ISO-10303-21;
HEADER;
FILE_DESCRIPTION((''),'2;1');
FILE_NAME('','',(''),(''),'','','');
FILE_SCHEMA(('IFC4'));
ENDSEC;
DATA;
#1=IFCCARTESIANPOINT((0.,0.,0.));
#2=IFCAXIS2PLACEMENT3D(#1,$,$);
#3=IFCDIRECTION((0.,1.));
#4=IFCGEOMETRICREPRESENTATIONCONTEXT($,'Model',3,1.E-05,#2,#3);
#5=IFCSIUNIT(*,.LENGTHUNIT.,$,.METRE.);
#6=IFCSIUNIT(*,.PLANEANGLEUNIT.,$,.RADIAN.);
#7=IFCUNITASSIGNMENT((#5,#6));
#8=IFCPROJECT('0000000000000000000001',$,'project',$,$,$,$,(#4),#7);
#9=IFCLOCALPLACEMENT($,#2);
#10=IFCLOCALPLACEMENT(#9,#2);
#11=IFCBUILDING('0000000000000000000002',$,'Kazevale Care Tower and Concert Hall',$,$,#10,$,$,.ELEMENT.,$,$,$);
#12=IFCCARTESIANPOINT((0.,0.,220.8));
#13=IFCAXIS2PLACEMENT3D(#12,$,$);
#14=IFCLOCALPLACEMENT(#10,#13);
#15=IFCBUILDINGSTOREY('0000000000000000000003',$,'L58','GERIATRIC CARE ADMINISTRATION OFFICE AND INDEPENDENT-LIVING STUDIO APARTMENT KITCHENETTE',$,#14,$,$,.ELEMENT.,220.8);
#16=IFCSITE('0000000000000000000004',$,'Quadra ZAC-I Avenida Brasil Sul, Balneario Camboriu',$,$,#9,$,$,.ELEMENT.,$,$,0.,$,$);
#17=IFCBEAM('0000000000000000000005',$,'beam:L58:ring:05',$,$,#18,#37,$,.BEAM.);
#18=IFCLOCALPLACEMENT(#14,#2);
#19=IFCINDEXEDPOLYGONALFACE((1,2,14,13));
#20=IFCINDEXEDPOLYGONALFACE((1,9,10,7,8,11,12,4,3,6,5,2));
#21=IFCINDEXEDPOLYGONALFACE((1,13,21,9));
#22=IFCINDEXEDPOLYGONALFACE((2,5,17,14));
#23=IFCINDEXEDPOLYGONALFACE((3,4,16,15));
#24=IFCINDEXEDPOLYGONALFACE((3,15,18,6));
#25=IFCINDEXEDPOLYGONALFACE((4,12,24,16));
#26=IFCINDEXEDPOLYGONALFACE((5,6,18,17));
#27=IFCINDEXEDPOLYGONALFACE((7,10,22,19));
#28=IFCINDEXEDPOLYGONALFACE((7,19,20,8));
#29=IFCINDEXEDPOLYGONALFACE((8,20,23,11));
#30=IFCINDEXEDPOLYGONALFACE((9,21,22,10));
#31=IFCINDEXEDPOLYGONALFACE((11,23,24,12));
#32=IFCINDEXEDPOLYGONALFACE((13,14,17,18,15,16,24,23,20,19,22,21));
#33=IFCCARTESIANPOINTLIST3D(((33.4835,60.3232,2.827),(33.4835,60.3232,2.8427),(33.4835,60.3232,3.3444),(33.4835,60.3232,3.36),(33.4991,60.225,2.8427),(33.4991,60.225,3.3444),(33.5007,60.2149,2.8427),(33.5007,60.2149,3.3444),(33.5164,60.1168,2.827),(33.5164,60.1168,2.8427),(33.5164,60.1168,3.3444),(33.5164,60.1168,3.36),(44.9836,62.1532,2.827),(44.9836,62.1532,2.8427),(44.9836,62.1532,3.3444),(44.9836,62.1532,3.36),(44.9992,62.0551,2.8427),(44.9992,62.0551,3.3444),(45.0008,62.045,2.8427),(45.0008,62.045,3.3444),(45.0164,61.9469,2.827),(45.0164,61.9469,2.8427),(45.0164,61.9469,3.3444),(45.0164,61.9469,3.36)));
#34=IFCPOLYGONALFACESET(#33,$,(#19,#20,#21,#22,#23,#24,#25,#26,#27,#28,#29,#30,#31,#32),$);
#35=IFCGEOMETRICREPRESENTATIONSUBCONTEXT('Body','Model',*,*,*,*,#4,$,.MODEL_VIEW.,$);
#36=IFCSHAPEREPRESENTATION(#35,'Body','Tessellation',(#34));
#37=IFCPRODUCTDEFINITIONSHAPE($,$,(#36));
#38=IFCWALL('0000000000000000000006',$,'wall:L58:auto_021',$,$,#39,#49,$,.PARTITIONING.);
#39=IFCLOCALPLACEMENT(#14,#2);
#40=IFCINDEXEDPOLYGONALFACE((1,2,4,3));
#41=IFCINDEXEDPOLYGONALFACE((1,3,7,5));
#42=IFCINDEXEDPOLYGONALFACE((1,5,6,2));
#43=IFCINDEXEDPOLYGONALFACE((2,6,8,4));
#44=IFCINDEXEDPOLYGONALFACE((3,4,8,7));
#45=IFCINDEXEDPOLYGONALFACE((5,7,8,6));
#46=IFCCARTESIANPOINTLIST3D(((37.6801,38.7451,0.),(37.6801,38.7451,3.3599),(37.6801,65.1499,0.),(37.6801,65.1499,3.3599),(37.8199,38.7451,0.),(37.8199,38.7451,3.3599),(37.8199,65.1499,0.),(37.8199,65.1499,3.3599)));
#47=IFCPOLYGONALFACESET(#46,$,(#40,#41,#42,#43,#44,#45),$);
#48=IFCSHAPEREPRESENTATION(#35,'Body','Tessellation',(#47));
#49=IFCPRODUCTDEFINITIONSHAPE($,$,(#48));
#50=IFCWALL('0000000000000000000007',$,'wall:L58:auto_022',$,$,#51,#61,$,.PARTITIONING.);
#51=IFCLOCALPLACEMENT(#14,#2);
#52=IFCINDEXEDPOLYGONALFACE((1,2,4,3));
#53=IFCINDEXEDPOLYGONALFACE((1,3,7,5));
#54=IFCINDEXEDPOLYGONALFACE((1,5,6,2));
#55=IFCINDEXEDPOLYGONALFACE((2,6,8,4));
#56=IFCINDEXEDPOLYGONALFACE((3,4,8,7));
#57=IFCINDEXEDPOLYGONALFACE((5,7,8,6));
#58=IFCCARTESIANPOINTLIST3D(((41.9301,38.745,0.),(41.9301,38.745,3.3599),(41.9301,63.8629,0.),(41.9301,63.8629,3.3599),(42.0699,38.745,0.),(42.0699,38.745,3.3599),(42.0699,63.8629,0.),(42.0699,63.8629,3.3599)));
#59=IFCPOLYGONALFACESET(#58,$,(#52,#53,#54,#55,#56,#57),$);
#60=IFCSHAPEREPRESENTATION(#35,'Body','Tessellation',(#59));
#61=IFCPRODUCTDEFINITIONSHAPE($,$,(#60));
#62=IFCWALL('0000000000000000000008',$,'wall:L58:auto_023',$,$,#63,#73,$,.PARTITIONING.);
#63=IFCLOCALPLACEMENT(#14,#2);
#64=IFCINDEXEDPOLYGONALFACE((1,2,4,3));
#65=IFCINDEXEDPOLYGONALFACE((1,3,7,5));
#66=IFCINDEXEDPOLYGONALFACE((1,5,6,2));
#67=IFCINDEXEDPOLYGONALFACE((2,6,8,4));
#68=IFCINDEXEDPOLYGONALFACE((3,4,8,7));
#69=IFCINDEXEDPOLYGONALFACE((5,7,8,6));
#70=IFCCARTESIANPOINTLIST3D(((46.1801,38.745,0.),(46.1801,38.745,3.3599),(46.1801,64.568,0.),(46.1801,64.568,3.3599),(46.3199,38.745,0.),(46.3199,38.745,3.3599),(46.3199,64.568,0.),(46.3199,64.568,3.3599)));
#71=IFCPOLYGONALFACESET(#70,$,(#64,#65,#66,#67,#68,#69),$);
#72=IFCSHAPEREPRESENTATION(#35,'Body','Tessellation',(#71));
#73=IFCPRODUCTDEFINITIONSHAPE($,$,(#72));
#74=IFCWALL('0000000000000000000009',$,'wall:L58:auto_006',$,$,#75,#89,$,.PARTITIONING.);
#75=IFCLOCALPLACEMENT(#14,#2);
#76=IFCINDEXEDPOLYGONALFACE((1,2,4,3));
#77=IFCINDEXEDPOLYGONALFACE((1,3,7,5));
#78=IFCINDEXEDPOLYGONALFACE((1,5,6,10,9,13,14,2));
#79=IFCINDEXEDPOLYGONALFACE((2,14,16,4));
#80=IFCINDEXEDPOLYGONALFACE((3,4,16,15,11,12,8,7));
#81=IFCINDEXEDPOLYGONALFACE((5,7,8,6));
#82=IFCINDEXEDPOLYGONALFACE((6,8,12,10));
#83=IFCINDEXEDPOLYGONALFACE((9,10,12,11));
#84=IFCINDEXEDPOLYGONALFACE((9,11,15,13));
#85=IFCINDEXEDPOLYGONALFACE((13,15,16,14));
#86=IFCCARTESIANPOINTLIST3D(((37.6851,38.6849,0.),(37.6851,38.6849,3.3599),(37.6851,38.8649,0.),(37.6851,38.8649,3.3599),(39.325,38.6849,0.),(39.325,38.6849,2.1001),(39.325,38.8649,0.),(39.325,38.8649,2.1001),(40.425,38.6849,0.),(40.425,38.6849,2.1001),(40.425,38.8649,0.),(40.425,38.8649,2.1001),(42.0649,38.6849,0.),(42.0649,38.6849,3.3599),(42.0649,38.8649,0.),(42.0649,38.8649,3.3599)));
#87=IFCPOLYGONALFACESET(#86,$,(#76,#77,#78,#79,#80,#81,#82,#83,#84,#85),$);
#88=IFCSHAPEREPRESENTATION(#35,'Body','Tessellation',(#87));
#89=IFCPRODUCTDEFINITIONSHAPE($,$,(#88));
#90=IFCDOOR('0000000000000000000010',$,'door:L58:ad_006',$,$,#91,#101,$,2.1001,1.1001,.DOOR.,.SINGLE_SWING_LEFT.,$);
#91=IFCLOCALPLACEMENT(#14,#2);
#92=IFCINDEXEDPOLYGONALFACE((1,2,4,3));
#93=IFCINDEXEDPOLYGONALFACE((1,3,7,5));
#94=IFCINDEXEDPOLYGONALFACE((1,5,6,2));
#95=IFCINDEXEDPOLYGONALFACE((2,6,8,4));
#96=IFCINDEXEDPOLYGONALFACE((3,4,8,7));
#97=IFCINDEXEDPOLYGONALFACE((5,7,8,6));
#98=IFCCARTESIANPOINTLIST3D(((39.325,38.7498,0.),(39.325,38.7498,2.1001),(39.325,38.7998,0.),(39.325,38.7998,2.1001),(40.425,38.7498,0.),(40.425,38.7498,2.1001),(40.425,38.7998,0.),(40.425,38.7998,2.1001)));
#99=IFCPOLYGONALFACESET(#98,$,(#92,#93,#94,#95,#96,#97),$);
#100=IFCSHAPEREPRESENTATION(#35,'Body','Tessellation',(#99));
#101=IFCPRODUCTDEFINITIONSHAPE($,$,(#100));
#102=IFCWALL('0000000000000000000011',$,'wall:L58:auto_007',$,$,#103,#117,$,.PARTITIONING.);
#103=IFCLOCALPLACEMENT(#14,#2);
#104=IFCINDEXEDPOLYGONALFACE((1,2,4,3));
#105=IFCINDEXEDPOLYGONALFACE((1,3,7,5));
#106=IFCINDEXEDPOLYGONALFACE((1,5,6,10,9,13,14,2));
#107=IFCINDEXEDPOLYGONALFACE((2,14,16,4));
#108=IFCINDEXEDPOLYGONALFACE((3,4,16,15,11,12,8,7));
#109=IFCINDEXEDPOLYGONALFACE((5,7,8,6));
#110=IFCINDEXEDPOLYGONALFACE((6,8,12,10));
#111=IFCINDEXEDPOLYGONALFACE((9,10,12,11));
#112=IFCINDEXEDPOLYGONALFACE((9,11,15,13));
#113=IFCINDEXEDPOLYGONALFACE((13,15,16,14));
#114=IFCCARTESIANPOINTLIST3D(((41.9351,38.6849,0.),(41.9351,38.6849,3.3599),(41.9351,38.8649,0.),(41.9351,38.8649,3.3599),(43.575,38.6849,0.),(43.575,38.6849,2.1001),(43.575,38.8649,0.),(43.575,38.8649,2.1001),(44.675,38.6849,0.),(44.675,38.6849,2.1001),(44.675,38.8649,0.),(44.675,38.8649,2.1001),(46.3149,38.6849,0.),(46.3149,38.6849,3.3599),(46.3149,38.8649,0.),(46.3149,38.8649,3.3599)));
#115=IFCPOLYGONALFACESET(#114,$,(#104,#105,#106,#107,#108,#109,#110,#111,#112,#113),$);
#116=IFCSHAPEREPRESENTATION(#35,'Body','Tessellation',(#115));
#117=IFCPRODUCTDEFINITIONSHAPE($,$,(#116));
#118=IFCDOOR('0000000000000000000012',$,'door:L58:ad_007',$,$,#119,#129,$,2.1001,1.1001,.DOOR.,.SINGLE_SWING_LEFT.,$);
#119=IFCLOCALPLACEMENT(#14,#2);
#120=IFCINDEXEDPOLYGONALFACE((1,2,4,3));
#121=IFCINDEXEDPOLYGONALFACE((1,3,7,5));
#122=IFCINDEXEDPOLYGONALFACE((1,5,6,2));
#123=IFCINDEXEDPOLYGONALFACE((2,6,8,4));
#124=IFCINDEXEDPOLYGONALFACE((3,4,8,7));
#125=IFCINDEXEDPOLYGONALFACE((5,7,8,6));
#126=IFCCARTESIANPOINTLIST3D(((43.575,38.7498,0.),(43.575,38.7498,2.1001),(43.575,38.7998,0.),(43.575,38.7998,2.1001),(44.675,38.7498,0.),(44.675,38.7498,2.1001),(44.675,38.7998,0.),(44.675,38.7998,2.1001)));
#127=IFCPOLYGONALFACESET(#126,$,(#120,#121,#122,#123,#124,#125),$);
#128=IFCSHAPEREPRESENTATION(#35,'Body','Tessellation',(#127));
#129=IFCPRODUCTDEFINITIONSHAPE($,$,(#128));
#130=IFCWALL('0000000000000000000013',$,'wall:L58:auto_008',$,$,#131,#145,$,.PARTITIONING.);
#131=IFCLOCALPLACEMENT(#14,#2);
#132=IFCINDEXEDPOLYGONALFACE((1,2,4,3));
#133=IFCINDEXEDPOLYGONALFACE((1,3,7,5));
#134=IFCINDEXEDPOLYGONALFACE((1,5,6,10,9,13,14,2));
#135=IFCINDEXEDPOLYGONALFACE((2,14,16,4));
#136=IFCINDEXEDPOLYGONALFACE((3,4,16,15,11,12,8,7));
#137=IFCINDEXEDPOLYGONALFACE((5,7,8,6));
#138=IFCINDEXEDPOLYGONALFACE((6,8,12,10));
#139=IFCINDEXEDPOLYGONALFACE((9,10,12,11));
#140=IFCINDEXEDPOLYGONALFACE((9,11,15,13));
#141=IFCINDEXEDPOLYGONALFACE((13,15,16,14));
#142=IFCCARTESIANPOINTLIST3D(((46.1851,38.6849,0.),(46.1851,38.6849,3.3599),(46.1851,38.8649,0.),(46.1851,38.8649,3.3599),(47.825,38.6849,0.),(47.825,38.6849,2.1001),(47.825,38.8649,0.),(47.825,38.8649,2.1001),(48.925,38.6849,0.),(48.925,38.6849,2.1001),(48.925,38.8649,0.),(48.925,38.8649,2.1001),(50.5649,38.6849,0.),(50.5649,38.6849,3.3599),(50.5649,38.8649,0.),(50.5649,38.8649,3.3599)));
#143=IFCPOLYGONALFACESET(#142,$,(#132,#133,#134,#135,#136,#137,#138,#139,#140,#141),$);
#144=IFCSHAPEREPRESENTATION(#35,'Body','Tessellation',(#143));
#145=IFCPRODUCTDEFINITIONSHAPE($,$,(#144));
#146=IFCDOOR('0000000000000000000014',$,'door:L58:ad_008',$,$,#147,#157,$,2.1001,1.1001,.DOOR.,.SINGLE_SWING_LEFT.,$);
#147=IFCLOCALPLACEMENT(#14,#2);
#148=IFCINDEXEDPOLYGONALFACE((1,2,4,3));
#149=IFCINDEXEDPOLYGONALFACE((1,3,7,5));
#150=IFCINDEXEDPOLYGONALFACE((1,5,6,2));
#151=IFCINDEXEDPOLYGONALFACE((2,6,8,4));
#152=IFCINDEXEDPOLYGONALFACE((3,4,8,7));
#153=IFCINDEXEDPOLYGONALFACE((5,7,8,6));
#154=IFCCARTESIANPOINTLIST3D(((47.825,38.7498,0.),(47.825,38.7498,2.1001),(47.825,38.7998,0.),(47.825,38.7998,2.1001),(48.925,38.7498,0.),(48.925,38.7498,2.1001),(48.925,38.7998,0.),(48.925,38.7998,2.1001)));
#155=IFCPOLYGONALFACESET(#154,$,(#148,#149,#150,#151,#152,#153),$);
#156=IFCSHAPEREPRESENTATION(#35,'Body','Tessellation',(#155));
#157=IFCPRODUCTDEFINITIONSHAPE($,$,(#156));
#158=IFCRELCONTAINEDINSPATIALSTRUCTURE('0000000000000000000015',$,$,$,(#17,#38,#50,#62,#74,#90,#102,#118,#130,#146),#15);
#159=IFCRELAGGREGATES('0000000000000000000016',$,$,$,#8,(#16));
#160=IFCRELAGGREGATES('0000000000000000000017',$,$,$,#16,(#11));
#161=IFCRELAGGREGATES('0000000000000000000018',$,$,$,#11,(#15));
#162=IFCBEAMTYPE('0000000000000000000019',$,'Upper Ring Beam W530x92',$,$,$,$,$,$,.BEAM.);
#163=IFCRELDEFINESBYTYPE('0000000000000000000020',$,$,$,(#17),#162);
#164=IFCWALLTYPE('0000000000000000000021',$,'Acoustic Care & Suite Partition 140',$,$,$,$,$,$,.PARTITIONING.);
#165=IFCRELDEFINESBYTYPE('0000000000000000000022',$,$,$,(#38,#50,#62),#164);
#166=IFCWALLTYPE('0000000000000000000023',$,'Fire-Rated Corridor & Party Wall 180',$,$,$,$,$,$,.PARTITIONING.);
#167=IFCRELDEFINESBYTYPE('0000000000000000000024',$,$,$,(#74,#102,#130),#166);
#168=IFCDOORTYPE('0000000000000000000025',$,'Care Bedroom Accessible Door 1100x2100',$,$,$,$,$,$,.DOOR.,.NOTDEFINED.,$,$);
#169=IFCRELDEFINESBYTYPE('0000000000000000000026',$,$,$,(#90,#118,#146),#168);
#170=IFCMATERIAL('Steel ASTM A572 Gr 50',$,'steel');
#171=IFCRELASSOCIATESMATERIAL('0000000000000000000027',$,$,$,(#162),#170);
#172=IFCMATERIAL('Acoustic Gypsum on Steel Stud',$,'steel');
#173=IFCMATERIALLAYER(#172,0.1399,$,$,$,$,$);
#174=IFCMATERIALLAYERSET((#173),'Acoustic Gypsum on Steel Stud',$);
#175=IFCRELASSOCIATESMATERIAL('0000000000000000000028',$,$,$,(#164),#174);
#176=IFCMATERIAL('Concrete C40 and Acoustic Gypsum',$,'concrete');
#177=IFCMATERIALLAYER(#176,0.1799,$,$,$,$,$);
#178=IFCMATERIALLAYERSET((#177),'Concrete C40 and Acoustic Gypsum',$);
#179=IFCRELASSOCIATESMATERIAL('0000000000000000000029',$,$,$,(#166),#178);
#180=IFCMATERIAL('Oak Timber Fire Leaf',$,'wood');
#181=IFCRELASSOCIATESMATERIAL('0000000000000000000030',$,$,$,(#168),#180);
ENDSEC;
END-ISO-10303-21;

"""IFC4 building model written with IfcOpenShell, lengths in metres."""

from ifc_helpers import new_model, si_unit, direction, frame, frame_2d, origin, origin_2d, place, context, subcontext, project, spatial, rectangle, i_section, extrude, material, layer, layer_set, material_profile, profile_set, type_object, element, fill, save


model = new_model("IFC4")

# Units and contexts
model_context = context("Model", 3, precision=1e-05, world=origin(), true_north=direction((0.0, 1.0)))
body_context = subcontext(model_context, "Body", "Model", "MODEL_VIEW")
ifc_project = project(units=[si_unit("LENGTHUNIT", "METRE"), si_unit("PLANEANGLEUNIT", "RADIAN")], contexts=[model_context])

# Site, building, storey
site_placement = place(None, origin())
site = spatial("IfcSite", under=ifc_project, at=site_placement, Name="Quadra ZAC-I Avenida Brasil Sul, Balneario Camboriu", CompositionType="ELEMENT", RefElevation=0.0)
building_placement = place(site_placement, origin())
building = spatial("IfcBuilding", under=site, at=building_placement, Name="Kazevale Care Tower and Concert Hall", CompositionType="ELEMENT")
storey_placement = place(building_placement, frame((0.0, 0.0, 220.8)))
storey = spatial("IfcBuildingStorey", under=building, at=storey_placement, Name="L58", Description="GERIATRIC CARE ADMINISTRATION OFFICE AND INDEPENDENT-LIVING STUDIO APARTMENT KITCHENETTE", CompositionType="ELEMENT", Elevation=220.8)

# Beam
ifc_material_1 = material(Name="Steel ASTM A572 Gr 50", Category="steel")
ifc_material_profile_1 = material_profile(ifc_material_1, i_section(OverallWidth=0.209, OverallDepth=0.533, WebThickness=0.0103, FlangeThickness=0.0156, at=origin_2d()), Name="W530x92")
ifc_profile_set_1 = profile_set([ifc_material_profile_1], Name="Steel ASTM A572 Gr 50")
beam_type_1 = type_object("IfcBeamType", Name="Upper Ring Beam W530x92", PredefinedType="BEAM", material=ifc_profile_set_1)
beam_1_placement = place(storey_placement, frame((45.0, 62.05, 3.0935), z_axis=(-0.987573, -0.15716, 0.0), x_axis=(0.15716, -0.987573, 0.0)))
element("IfcBeam", 1, at=beam_1_placement, inside=storey, type_object=beam_type_1, Name="beam:L58:ring:05", PredefinedType="BEAM", context=body_context, shape_type="SweptSolid", body=[
    extrude(i_section(OverallWidth=0.209, OverallDepth=0.533, WebThickness=0.0103, FlangeThickness=0.0156, at=origin_2d()), origin(), (0.0, 0.0, 1.0), 11.6448),
])

# Walls
ifc_material_2 = material(Name="Acoustic Gypsum on Steel Stud", Category="steel")
ifc_layer_1 = layer(ifc_material_2, 0.1399)
ifc_layer_set_1 = layer_set([ifc_layer_1], Name="Acoustic Gypsum on Steel Stud")
wall_type_1 = type_object("IfcWallType", Name="Acoustic Care & Suite Partition 140", PredefinedType="PARTITIONING", material=ifc_layer_set_1)
wall_1_placement = place(storey_placement, frame((37.75, 65.1499, 0.0), z_axis=(0.0, 0.0, 1.0), x_axis=(0.0, -1.0, 0.0)))
element("IfcWall", 2, at=wall_1_placement, inside=storey, type_object=wall_type_1, Name="wall:L58:auto_021", PredefinedType="PARTITIONING", context=body_context, shape_type="SweptSolid", body=[
    extrude(rectangle(XDim=26.4048, YDim=0.1399, at=frame_2d((13.2024, 0.0))), origin(), (0.0, 0.0, 1.0), 3.3599),
])
wall_2_placement = place(storey_placement, frame((42.0, 63.863, 0.0), z_axis=(0.0, 0.0, 1.0), x_axis=(0.0, -1.0, 0.0)))
element("IfcWall", 3, at=wall_2_placement, inside=storey, type_object=wall_type_1, Name="wall:L58:auto_022", PredefinedType="PARTITIONING", context=body_context, shape_type="SweptSolid", body=[
    extrude(rectangle(XDim=25.1179, YDim=0.1399, at=frame_2d((12.5591, 0.0))), origin(), (0.0, 0.0, 1.0), 3.3599),
])
wall_3_placement = place(storey_placement, frame((46.25, 64.5681, 0.0), z_axis=(0.0, 0.0, 1.0), x_axis=(0.0, -1.0, 0.0)))
element("IfcWall", 4, at=wall_3_placement, inside=storey, type_object=wall_type_1, Name="wall:L58:auto_023", PredefinedType="PARTITIONING", context=body_context, shape_type="SweptSolid", body=[
    extrude(rectangle(XDim=25.823, YDim=0.1399, at=frame_2d((12.9116, 0.0))), origin(), (0.0, 0.0, 1.0), 3.3599),
])

# Walls, openings, doors
ifc_material_3 = material(Name="Concrete C40 and Acoustic Gypsum", Category="concrete")
ifc_layer_2 = layer(ifc_material_3, 0.1799)
ifc_layer_set_2 = layer_set([ifc_layer_2], Name="Concrete C40 and Acoustic Gypsum")
wall_type_2 = type_object("IfcWallType", Name="Fire-Rated Corridor & Party Wall 180", PredefinedType="PARTITIONING", material=ifc_layer_set_2)
wall_4_placement = place(storey_placement, frame((37.6851, 38.7749, 0.0), z_axis=(0.0, 0.0, 1.0), x_axis=(1.0, 0.0, 0.0)))
wall_4 = element("IfcWall", 5, at=wall_4_placement, inside=storey, type_object=wall_type_2, Name="wall:L58:auto_006", PredefinedType="PARTITIONING", context=body_context, shape_type="SweptSolid", body=[
    extrude(rectangle(XDim=4.3799, YDim=0.1799, at=frame_2d((2.1899, 0.0))), origin(), (0.0, 0.0, 1.0), 3.3599),
])
opening_1_placement = place(wall_4_placement, frame((1.6399, 0.0, 0.0)))
opening_1 = element("IfcOpeningElement", 6, at=opening_1_placement, cuts=wall_4, PredefinedType="OPENING", context=body_context, shape_type="SweptSolid", body=[
    extrude(rectangle(XDim=1.1001, YDim=2.1001, at=frame_2d((0.55, 1.05))), frame((0.0, 0.0999, 0.0), z_axis=(0.0, -1.0, 0.0), x_axis=(1.0, 0.0, 0.0)), (0.0, 0.0, 1.0), 0.2),
])
ifc_material_4 = material(Name="Oak Timber Fire Leaf", Category="wood")
door_type = type_object("IfcDoorType", Name="Care Bedroom Accessible Door 1100x2100", OperationType="NOTDEFINED", PredefinedType="DOOR", material=ifc_material_4)
door_1_placement = place(opening_1_placement, origin())
door_1 = element("IfcDoor", 7, at=door_1_placement, inside=storey, type_object=door_type, Name="door:L58:ad_006", OperationType="SINGLE_SWING_LEFT", OverallHeight=2.1001, OverallWidth=1.1001, PredefinedType="DOOR", context=body_context, shape_type="SweptSolid", body=[
    extrude(rectangle(XDim=1.1001, YDim=2.1001, at=frame_2d((0.55, 1.05))), frame((0.0, 0.0249, 0.0), z_axis=(0.0, -1.0, 0.0), x_axis=(1.0, 0.0, 0.0)), (0.0, 0.0, 1.0), 0.05),
])
fill(opening_1, door_1)
wall_5_placement = place(storey_placement, frame((41.9351, 38.7749, 0.0), z_axis=(0.0, 0.0, 1.0), x_axis=(1.0, 0.0, 0.0)))
wall_5 = element("IfcWall", 8, at=wall_5_placement, inside=storey, type_object=wall_type_2, Name="wall:L58:auto_007", PredefinedType="PARTITIONING", context=body_context, shape_type="SweptSolid", body=[
    extrude(rectangle(XDim=4.3799, YDim=0.1799, at=frame_2d((2.1899, 0.0))), origin(), (0.0, 0.0, 1.0), 3.3599),
])
opening_2_placement = place(wall_5_placement, frame((1.6399, 0.0, 0.0)))
opening_2 = element("IfcOpeningElement", 9, at=opening_2_placement, cuts=wall_5, PredefinedType="OPENING", context=body_context, shape_type="SweptSolid", body=[
    extrude(rectangle(XDim=1.1001, YDim=2.1001, at=frame_2d((0.55, 1.05))), frame((0.0, 0.0999, 0.0), z_axis=(0.0, -1.0, 0.0), x_axis=(1.0, 0.0, 0.0)), (0.0, 0.0, 1.0), 0.2),
])
door_2_placement = place(opening_2_placement, origin())
door_2 = element("IfcDoor", 10, at=door_2_placement, inside=storey, type_object=door_type, Name="door:L58:ad_007", OperationType="SINGLE_SWING_LEFT", OverallHeight=2.1001, OverallWidth=1.1001, PredefinedType="DOOR", context=body_context, shape_type="SweptSolid", body=[
    extrude(rectangle(XDim=1.1001, YDim=2.1001, at=frame_2d((0.55, 1.05))), frame((0.0, 0.0249, 0.0), z_axis=(0.0, -1.0, 0.0), x_axis=(1.0, 0.0, 0.0)), (0.0, 0.0, 1.0), 0.05),
])
fill(opening_2, door_2)
wall_6_placement = place(storey_placement, frame((46.1851, 38.7749, 0.0), z_axis=(0.0, 0.0, 1.0), x_axis=(1.0, 0.0, 0.0)))
wall_6 = element("IfcWall", 11, at=wall_6_placement, inside=storey, type_object=wall_type_2, Name="wall:L58:auto_008", PredefinedType="PARTITIONING", context=body_context, shape_type="SweptSolid", body=[
    extrude(rectangle(XDim=4.3799, YDim=0.1799, at=frame_2d((2.1899, 0.0))), origin(), (0.0, 0.0, 1.0), 3.3599),
])
opening_3_placement = place(wall_6_placement, frame((1.6399, 0.0, 0.0)))
opening_3 = element("IfcOpeningElement", 12, at=opening_3_placement, cuts=wall_6, PredefinedType="OPENING", context=body_context, shape_type="SweptSolid", body=[
    extrude(rectangle(XDim=1.1001, YDim=2.1001, at=frame_2d((0.55, 1.05))), frame((0.0, 0.0999, 0.0), z_axis=(0.0, -1.0, 0.0), x_axis=(1.0, 0.0, 0.0)), (0.0, 0.0, 1.0), 0.2),
])
door_3_placement = place(opening_3_placement, origin())
door_3 = element("IfcDoor", 13, at=door_3_placement, inside=storey, type_object=door_type, Name="door:L58:ad_008", OperationType="SINGLE_SWING_LEFT", OverallHeight=2.1001, OverallWidth=1.1001, PredefinedType="DOOR", context=body_context, shape_type="SweptSolid", body=[
    extrude(rectangle(XDim=1.1001, YDim=2.1001, at=frame_2d((0.55, 1.05))), frame((0.0, 0.0249, 0.0), z_axis=(0.0, -1.0, 0.0), x_axis=(1.0, 0.0, 0.0)), (0.0, 0.0, 1.0), 0.05),
])
fill(opening_3, door_3)

save(model, "model.ifc")
